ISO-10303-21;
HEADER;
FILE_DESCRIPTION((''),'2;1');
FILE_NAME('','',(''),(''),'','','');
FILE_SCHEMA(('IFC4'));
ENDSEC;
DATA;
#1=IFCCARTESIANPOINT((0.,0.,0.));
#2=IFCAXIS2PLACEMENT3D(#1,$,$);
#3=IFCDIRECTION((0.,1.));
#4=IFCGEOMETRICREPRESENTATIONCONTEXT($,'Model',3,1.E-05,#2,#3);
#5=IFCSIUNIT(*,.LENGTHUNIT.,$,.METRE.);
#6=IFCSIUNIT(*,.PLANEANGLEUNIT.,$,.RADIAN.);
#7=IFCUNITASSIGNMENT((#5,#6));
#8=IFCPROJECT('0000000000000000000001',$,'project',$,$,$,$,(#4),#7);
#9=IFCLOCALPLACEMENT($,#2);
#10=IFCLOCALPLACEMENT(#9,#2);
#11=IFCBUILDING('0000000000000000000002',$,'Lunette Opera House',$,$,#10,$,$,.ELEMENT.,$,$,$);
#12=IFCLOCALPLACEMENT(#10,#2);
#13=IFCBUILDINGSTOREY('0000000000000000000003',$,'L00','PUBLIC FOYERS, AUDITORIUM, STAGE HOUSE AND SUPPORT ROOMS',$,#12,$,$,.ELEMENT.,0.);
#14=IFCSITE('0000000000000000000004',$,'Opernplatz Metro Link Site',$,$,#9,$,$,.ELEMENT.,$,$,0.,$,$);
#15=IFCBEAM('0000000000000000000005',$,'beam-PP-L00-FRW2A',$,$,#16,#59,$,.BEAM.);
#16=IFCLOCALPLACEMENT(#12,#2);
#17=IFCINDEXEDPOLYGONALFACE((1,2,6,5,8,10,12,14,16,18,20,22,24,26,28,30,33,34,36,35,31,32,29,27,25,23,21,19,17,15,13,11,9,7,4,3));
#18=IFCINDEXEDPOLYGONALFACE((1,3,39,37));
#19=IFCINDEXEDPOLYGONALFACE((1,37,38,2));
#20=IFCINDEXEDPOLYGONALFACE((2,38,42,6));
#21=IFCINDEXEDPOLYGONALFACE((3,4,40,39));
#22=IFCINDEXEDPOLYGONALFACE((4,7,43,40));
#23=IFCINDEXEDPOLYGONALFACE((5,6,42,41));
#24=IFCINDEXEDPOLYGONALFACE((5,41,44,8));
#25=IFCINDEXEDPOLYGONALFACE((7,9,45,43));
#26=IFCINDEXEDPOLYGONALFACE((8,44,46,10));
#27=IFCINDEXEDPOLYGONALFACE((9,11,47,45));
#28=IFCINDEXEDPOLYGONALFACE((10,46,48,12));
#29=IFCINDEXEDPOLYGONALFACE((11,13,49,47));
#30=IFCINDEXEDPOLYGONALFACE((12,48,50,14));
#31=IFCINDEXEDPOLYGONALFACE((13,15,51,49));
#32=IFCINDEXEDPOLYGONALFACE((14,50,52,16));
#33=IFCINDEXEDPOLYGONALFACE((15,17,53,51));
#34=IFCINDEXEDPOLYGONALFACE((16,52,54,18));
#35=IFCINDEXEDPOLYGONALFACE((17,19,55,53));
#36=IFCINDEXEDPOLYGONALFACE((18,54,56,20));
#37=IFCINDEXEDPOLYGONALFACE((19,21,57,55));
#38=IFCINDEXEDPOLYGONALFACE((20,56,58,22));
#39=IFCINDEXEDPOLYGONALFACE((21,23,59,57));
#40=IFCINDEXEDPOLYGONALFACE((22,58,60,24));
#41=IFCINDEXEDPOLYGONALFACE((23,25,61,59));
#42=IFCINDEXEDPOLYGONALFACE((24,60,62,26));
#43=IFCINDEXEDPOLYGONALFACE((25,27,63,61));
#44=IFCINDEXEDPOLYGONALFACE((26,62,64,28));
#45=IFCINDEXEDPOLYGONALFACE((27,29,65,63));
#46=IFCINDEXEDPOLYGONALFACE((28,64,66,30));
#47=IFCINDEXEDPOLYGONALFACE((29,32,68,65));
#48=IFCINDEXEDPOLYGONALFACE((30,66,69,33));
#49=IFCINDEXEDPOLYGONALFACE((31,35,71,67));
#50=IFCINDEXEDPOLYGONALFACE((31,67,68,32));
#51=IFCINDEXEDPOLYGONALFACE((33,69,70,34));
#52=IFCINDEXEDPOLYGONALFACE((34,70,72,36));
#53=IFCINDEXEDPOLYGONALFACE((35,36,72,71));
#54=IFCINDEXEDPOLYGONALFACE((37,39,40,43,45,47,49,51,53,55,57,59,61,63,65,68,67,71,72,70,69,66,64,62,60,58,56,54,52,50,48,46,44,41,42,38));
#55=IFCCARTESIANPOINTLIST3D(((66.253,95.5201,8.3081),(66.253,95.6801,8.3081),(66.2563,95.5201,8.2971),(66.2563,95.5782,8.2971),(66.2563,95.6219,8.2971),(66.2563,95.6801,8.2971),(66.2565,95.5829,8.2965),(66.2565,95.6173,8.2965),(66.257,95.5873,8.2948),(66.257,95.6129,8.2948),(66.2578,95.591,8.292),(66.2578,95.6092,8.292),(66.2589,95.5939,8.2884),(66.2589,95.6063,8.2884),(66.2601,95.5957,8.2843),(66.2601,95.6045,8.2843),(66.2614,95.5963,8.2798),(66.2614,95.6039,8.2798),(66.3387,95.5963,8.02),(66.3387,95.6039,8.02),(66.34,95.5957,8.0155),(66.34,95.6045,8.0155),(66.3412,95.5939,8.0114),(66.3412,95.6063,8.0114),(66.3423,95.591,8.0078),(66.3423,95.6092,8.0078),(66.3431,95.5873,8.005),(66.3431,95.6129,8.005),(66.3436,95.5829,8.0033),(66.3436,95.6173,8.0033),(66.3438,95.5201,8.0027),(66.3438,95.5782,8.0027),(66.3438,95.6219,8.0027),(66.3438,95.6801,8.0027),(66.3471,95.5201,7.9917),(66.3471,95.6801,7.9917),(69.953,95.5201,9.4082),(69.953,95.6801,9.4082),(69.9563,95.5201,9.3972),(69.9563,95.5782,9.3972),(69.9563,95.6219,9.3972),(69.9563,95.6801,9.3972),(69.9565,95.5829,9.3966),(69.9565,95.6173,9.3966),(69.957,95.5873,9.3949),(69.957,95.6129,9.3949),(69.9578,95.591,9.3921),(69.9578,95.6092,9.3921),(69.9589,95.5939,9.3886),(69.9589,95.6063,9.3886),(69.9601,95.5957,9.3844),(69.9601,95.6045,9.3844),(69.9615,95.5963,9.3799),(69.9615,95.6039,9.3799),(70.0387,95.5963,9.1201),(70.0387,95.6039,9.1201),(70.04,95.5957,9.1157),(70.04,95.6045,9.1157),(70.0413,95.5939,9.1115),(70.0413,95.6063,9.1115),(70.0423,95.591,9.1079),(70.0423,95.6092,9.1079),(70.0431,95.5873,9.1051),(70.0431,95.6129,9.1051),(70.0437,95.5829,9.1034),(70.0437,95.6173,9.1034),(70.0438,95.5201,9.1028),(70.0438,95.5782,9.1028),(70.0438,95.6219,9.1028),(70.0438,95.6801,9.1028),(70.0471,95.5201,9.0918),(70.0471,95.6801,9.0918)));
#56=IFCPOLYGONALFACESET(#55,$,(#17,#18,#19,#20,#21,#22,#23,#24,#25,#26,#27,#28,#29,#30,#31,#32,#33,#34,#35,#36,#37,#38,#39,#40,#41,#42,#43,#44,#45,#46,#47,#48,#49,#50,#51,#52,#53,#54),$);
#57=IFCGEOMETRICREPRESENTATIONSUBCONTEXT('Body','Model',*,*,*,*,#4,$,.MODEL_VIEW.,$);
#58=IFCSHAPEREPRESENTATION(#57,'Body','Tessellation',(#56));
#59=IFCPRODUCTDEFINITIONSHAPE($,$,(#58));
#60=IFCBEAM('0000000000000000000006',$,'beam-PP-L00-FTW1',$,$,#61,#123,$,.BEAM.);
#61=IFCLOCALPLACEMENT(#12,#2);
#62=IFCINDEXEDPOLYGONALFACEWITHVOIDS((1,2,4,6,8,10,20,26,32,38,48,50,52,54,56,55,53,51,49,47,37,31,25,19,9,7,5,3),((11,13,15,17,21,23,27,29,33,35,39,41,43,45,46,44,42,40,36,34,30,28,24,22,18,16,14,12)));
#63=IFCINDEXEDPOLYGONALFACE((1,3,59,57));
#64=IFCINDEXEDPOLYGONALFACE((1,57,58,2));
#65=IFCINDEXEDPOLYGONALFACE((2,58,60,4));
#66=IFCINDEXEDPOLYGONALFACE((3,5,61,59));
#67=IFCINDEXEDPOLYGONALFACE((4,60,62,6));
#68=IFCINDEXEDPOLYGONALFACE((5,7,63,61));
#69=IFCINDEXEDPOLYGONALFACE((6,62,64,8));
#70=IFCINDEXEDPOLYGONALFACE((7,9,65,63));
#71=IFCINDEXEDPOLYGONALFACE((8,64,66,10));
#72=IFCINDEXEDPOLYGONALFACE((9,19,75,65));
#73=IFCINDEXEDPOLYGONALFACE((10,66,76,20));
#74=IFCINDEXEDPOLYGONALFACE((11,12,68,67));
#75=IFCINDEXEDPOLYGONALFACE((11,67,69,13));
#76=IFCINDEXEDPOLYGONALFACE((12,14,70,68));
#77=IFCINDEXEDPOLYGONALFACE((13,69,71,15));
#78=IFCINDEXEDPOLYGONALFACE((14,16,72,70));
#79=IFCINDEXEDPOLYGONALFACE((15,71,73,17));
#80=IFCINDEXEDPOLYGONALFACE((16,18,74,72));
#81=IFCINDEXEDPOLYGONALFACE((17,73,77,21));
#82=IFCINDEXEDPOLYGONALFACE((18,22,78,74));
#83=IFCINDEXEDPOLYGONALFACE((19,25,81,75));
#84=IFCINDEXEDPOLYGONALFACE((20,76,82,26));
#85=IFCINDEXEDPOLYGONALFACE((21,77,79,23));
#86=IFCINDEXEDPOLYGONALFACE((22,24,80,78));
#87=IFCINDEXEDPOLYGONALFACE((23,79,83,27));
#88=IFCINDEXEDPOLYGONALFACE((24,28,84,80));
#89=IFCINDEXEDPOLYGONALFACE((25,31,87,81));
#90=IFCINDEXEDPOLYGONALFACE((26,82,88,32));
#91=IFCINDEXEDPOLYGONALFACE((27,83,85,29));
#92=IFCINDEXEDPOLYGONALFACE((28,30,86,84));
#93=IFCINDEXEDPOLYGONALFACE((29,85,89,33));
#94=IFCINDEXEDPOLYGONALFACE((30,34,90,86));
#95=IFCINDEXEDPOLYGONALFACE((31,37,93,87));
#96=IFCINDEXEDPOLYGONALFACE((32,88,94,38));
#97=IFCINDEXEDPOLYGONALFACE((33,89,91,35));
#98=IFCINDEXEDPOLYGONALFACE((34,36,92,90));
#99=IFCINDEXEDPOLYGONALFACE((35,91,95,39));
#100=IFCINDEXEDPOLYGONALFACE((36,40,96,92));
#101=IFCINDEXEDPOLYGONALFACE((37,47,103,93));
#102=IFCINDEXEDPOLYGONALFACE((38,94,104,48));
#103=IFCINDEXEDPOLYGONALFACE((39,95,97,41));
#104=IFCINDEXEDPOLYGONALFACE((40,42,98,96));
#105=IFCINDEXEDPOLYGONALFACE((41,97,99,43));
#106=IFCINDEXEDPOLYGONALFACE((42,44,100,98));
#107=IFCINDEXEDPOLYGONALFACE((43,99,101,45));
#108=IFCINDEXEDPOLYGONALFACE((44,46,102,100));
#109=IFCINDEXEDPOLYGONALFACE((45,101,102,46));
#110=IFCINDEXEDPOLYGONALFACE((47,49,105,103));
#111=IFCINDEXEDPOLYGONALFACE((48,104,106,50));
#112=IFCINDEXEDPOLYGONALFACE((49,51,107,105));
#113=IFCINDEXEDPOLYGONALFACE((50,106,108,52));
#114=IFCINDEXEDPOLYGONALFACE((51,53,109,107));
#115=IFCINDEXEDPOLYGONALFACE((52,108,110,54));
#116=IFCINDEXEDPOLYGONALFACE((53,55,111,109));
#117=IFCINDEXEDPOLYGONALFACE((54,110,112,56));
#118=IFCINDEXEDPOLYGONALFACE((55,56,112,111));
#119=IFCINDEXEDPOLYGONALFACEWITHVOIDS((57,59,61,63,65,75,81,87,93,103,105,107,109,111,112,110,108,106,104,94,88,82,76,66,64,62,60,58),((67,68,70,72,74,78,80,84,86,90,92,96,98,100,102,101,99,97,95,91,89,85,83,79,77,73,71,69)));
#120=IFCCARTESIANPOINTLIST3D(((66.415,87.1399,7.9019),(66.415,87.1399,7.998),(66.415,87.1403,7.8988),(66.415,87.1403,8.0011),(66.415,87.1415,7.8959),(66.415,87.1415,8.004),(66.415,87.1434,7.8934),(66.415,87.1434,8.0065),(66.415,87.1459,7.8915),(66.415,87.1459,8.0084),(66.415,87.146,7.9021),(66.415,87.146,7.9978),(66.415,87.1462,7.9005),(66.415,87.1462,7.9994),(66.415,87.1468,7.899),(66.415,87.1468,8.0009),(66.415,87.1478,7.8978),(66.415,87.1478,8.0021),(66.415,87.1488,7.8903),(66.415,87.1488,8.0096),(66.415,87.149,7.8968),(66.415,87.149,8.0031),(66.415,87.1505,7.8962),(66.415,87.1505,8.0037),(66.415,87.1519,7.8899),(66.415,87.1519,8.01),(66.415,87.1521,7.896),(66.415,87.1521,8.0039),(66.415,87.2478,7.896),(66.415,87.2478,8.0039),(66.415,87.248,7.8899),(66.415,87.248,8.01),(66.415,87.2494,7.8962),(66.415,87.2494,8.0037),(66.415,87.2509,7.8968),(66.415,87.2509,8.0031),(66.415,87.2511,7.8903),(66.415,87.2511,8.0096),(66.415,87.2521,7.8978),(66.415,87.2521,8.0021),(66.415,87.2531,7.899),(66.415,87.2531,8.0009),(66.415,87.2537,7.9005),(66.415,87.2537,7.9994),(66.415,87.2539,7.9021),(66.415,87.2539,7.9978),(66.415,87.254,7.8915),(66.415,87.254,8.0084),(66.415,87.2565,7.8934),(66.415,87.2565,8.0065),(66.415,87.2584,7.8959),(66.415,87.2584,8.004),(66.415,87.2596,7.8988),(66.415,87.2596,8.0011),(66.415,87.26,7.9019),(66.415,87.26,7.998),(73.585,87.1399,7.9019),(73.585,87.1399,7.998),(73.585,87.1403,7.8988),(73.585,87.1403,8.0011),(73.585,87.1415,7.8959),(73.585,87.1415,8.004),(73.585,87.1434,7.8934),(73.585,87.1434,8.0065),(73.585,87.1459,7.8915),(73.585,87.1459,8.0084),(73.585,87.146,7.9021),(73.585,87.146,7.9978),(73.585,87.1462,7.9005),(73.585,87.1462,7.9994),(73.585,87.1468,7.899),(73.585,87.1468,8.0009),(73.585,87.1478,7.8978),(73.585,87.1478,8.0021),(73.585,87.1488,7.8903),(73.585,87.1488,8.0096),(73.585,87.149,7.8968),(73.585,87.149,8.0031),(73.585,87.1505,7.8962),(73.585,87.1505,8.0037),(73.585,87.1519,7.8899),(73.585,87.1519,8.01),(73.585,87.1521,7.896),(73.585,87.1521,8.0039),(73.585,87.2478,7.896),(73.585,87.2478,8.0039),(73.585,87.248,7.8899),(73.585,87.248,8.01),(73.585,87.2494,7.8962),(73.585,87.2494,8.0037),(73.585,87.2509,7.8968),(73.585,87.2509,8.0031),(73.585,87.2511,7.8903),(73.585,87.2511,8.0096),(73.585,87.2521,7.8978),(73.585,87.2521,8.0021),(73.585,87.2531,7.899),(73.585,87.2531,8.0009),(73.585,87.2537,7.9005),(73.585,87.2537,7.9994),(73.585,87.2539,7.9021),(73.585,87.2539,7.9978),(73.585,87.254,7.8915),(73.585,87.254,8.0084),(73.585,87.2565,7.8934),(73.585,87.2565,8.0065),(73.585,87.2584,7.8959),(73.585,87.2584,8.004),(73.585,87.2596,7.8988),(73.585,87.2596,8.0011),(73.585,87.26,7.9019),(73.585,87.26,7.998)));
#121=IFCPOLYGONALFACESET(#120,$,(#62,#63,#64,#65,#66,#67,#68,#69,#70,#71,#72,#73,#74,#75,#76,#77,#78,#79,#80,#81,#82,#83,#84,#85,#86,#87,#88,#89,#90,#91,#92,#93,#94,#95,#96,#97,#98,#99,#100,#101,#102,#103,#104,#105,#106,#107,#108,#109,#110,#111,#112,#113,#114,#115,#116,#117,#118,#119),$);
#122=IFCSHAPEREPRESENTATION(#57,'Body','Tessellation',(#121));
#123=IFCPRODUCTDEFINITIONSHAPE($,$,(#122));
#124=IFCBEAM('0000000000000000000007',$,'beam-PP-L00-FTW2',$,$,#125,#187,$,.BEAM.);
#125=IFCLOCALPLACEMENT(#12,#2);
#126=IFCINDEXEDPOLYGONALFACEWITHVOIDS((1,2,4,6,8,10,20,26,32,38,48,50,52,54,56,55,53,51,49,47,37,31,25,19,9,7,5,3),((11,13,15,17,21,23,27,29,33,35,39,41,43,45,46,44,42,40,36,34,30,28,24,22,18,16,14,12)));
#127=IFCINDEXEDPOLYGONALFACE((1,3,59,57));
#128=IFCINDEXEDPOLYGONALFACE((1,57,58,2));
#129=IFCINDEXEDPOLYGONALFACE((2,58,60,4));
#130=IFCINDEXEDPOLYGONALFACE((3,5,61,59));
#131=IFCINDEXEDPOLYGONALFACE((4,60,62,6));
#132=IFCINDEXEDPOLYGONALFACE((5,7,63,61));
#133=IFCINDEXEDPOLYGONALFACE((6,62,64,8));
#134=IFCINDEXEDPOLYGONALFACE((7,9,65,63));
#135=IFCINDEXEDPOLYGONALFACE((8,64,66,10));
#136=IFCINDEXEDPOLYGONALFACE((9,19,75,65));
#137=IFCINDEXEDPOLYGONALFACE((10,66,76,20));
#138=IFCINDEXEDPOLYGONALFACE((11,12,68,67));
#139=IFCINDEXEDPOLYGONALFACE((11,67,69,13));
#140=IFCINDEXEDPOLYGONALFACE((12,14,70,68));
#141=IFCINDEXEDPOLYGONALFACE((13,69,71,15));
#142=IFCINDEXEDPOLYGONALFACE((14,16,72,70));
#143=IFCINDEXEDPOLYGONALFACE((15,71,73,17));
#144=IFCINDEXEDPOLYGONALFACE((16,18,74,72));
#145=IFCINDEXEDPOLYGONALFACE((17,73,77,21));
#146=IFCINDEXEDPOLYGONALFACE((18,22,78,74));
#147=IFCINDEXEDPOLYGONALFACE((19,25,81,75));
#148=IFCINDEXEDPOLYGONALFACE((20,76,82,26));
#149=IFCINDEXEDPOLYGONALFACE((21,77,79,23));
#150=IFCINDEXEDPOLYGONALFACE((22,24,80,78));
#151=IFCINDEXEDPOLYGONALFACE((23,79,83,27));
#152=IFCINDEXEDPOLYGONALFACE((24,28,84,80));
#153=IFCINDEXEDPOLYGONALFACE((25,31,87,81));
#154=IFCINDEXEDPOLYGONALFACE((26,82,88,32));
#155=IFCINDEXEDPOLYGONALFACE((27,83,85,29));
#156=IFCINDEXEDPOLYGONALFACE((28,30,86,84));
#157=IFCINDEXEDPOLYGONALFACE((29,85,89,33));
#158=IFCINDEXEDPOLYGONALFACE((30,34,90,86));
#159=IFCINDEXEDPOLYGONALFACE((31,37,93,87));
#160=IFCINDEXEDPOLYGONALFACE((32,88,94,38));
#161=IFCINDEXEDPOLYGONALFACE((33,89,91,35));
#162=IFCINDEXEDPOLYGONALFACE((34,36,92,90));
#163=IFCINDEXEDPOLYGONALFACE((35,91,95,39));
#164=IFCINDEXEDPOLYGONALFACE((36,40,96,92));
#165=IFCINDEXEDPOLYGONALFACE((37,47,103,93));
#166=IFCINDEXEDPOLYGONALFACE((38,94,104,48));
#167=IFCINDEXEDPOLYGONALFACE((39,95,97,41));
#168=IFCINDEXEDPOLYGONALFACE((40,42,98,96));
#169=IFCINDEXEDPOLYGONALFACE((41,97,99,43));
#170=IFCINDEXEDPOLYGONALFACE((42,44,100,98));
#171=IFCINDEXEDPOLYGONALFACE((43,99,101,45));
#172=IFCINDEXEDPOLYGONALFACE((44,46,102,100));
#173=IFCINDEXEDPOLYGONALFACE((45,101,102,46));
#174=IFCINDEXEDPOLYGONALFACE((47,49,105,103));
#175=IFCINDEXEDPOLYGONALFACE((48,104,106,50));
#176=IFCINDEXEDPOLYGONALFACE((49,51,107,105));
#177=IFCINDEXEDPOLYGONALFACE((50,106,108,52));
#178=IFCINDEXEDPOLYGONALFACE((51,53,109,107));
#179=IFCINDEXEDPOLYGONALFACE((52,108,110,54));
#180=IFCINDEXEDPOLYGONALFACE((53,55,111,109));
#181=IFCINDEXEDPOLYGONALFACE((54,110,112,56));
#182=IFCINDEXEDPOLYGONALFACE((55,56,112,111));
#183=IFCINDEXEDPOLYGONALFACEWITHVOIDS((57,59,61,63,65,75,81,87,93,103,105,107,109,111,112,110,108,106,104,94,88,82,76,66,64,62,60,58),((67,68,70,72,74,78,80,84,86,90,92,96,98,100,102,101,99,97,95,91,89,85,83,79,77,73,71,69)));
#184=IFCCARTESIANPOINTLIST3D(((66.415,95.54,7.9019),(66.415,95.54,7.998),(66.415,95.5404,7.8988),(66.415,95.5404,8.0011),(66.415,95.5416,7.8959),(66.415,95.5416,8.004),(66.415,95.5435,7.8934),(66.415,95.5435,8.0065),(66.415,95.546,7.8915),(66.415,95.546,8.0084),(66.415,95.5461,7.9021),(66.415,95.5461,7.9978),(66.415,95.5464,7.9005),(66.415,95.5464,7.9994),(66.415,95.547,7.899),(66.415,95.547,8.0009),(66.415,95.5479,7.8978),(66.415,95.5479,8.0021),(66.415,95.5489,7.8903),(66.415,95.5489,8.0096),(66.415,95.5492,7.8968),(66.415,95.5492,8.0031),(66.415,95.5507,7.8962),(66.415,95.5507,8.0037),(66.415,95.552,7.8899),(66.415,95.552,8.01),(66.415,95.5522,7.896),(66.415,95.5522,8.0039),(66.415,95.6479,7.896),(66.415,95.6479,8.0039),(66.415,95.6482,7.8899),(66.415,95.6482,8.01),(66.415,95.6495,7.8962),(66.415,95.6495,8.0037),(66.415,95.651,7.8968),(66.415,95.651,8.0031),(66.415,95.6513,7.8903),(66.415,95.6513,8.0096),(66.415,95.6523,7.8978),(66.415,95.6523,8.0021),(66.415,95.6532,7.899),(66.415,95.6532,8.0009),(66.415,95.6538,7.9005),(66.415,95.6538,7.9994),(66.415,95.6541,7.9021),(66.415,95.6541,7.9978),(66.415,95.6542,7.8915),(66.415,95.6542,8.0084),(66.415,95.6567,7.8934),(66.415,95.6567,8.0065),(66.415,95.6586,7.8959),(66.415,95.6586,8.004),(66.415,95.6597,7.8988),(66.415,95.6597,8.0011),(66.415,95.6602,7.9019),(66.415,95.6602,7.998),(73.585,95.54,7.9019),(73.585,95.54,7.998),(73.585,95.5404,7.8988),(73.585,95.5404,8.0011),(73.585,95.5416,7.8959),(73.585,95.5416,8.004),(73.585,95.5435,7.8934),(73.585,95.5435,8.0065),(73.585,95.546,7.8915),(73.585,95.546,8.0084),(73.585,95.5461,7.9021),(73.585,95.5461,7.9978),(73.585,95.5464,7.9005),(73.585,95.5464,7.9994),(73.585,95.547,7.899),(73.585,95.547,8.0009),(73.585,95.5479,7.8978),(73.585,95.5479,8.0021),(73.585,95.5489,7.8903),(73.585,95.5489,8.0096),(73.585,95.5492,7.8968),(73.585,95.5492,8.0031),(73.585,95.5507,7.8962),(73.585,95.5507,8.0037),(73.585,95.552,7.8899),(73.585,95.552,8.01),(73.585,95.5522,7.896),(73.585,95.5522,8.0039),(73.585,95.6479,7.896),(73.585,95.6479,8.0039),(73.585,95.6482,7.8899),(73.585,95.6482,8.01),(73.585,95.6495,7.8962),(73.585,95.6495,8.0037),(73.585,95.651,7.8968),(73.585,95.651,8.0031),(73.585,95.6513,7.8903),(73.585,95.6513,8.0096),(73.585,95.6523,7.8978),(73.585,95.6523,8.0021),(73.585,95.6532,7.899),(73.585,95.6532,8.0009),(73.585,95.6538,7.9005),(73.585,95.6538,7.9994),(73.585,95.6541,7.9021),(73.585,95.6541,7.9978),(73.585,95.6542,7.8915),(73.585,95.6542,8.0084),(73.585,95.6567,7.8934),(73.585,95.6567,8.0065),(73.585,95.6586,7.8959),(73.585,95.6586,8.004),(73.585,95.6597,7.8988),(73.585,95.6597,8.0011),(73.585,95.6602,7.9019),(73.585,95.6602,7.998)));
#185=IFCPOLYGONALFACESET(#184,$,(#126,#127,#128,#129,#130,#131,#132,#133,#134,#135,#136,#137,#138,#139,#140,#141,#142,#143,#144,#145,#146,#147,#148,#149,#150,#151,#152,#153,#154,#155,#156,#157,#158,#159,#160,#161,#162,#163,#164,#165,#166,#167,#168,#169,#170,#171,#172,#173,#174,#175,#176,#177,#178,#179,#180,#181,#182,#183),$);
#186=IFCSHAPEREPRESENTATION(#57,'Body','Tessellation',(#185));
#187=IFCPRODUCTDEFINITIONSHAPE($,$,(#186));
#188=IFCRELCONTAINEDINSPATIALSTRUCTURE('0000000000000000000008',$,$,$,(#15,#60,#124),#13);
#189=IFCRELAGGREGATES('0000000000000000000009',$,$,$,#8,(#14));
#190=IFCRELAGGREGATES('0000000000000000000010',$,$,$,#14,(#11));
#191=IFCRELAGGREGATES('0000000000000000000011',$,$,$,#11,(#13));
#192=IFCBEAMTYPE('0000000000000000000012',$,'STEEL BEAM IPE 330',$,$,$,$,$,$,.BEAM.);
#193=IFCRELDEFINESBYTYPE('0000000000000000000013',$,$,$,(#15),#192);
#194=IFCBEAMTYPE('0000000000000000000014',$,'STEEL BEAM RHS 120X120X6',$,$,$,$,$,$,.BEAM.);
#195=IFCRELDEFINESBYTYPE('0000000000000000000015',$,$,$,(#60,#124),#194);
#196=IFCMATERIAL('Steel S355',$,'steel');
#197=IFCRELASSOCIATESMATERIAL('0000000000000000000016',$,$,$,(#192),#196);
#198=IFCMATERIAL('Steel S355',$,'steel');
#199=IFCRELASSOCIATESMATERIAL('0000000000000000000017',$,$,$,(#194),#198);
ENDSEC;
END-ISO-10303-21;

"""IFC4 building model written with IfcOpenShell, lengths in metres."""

from ifc_helpers import new_model, si_unit, direction, frame, origin, origin_2d, place, context, subcontext, project, spatial, hollow_rectangle, i_section, extrude, material, material_profile, profile_set, type_object, element, save


model = new_model("IFC4")

# Units and contexts
model_context = context("Model", 3, precision=1e-05, world=origin(), true_north=direction((0.0, 1.0)))
body_context = subcontext(model_context, "Body", "Model", "MODEL_VIEW")
ifc_project = project(units=[si_unit("LENGTHUNIT", "METRE"), si_unit("PLANEANGLEUNIT", "RADIAN")], contexts=[model_context])

# Site, building, storey
site_placement = place(None, origin())
site = spatial("IfcSite", under=ifc_project, at=site_placement, Name="Opernplatz Metro Link Site", CompositionType="ELEMENT", RefElevation=0.0)
building_placement = place(site_placement, origin())
building = spatial("IfcBuilding", under=site, at=building_placement, Name="Lunette Opera House", CompositionType="ELEMENT")
storey_placement = place(building_placement, origin())
storey = spatial("IfcBuildingStorey", under=building, at=storey_placement, Name="L00", Description="PUBLIC FOYERS, AUDITORIUM, STAGE HOUSE AND SUPPORT ROOMS", CompositionType="ELEMENT", Elevation=0.0)

# Beams
ifc_material_1 = material(Name="Steel S355", Category="steel")
ifc_material_profile_1 = material_profile(ifc_material_1, i_section(OverallWidth=0.1599, OverallDepth=0.3301, WebThickness=0.0076, FlangeThickness=0.0115, FilletRadius=0.0181, at=origin_2d()), Name="IPE 330")
ifc_profile_set_1 = profile_set([ifc_material_profile_1], Name="Steel S355")
beam_type_1 = type_object("IfcBeamType", Name="STEEL BEAM IPE 330", PredefinedType="BEAM", material=ifc_profile_set_1)
for number, where, z_axis, x_axis, name in (
    (1, (66.3, 95.6001, 8.1499), (0.958528, 0.0, 0.284997), (0.0, 1.0, 0.0), "beam-PP-L00-FRW2A"),
):
    element("IfcBeam", number, at=place(storey_placement, frame(where, z_axis=z_axis, x_axis=x_axis)), inside=storey, type_object=beam_type_1, Name=name, PredefinedType="BEAM", context=body_context, shape_type="SweptSolid", body=[
        extrude(i_section(OverallWidth=0.1599, OverallDepth=0.3301, WebThickness=0.0076, FlangeThickness=0.0115, FilletRadius=0.0181, at=origin_2d()), origin(), (0.0, 0.0, 1.0), 3.8601),
    ])
ifc_material_2 = material(Name="Steel S355", Category="steel")
ifc_material_profile_2 = material_profile(ifc_material_2, hollow_rectangle(XDim=0.1201, YDim=0.1201, WallThickness=0.0061, InnerFilletRadius=0.0061, OuterFilletRadius=0.012, at=origin_2d()), Name="RHS 120X120X6")
ifc_profile_set_2 = profile_set([ifc_material_profile_2], Name="Steel S355")
beam_type_2 = type_object("IfcBeamType", Name="STEEL BEAM RHS 120X120X6", PredefinedType="BEAM", material=ifc_profile_set_2)
for number, where, z_axis, x_axis, name in (
    (2, (66.415, 87.2, 7.95), (1.0, 0.0, 0.0), (0.0, 1.0, 0.0), "beam-PP-L00-FTW1"),
    (3, (66.415, 95.6001, 7.95), (1.0, 0.0, 0.0), (0.0, 1.0, 0.0), "beam-PP-L00-FTW2"),
):
    element("IfcBeam", number, at=place(storey_placement, frame(where, z_axis=z_axis, x_axis=x_axis)), inside=storey, type_object=beam_type_2, Name=name, PredefinedType="BEAM", context=body_context, shape_type="SweptSolid", body=[
        extrude(hollow_rectangle(XDim=0.1201, YDim=0.1201, WallThickness=0.0061, InnerFilletRadius=0.0061, OuterFilletRadius=0.012, at=origin_2d()), origin(), (0.0, 0.0, 1.0), 7.1699),
    ])

save(model, "model.ifc")
